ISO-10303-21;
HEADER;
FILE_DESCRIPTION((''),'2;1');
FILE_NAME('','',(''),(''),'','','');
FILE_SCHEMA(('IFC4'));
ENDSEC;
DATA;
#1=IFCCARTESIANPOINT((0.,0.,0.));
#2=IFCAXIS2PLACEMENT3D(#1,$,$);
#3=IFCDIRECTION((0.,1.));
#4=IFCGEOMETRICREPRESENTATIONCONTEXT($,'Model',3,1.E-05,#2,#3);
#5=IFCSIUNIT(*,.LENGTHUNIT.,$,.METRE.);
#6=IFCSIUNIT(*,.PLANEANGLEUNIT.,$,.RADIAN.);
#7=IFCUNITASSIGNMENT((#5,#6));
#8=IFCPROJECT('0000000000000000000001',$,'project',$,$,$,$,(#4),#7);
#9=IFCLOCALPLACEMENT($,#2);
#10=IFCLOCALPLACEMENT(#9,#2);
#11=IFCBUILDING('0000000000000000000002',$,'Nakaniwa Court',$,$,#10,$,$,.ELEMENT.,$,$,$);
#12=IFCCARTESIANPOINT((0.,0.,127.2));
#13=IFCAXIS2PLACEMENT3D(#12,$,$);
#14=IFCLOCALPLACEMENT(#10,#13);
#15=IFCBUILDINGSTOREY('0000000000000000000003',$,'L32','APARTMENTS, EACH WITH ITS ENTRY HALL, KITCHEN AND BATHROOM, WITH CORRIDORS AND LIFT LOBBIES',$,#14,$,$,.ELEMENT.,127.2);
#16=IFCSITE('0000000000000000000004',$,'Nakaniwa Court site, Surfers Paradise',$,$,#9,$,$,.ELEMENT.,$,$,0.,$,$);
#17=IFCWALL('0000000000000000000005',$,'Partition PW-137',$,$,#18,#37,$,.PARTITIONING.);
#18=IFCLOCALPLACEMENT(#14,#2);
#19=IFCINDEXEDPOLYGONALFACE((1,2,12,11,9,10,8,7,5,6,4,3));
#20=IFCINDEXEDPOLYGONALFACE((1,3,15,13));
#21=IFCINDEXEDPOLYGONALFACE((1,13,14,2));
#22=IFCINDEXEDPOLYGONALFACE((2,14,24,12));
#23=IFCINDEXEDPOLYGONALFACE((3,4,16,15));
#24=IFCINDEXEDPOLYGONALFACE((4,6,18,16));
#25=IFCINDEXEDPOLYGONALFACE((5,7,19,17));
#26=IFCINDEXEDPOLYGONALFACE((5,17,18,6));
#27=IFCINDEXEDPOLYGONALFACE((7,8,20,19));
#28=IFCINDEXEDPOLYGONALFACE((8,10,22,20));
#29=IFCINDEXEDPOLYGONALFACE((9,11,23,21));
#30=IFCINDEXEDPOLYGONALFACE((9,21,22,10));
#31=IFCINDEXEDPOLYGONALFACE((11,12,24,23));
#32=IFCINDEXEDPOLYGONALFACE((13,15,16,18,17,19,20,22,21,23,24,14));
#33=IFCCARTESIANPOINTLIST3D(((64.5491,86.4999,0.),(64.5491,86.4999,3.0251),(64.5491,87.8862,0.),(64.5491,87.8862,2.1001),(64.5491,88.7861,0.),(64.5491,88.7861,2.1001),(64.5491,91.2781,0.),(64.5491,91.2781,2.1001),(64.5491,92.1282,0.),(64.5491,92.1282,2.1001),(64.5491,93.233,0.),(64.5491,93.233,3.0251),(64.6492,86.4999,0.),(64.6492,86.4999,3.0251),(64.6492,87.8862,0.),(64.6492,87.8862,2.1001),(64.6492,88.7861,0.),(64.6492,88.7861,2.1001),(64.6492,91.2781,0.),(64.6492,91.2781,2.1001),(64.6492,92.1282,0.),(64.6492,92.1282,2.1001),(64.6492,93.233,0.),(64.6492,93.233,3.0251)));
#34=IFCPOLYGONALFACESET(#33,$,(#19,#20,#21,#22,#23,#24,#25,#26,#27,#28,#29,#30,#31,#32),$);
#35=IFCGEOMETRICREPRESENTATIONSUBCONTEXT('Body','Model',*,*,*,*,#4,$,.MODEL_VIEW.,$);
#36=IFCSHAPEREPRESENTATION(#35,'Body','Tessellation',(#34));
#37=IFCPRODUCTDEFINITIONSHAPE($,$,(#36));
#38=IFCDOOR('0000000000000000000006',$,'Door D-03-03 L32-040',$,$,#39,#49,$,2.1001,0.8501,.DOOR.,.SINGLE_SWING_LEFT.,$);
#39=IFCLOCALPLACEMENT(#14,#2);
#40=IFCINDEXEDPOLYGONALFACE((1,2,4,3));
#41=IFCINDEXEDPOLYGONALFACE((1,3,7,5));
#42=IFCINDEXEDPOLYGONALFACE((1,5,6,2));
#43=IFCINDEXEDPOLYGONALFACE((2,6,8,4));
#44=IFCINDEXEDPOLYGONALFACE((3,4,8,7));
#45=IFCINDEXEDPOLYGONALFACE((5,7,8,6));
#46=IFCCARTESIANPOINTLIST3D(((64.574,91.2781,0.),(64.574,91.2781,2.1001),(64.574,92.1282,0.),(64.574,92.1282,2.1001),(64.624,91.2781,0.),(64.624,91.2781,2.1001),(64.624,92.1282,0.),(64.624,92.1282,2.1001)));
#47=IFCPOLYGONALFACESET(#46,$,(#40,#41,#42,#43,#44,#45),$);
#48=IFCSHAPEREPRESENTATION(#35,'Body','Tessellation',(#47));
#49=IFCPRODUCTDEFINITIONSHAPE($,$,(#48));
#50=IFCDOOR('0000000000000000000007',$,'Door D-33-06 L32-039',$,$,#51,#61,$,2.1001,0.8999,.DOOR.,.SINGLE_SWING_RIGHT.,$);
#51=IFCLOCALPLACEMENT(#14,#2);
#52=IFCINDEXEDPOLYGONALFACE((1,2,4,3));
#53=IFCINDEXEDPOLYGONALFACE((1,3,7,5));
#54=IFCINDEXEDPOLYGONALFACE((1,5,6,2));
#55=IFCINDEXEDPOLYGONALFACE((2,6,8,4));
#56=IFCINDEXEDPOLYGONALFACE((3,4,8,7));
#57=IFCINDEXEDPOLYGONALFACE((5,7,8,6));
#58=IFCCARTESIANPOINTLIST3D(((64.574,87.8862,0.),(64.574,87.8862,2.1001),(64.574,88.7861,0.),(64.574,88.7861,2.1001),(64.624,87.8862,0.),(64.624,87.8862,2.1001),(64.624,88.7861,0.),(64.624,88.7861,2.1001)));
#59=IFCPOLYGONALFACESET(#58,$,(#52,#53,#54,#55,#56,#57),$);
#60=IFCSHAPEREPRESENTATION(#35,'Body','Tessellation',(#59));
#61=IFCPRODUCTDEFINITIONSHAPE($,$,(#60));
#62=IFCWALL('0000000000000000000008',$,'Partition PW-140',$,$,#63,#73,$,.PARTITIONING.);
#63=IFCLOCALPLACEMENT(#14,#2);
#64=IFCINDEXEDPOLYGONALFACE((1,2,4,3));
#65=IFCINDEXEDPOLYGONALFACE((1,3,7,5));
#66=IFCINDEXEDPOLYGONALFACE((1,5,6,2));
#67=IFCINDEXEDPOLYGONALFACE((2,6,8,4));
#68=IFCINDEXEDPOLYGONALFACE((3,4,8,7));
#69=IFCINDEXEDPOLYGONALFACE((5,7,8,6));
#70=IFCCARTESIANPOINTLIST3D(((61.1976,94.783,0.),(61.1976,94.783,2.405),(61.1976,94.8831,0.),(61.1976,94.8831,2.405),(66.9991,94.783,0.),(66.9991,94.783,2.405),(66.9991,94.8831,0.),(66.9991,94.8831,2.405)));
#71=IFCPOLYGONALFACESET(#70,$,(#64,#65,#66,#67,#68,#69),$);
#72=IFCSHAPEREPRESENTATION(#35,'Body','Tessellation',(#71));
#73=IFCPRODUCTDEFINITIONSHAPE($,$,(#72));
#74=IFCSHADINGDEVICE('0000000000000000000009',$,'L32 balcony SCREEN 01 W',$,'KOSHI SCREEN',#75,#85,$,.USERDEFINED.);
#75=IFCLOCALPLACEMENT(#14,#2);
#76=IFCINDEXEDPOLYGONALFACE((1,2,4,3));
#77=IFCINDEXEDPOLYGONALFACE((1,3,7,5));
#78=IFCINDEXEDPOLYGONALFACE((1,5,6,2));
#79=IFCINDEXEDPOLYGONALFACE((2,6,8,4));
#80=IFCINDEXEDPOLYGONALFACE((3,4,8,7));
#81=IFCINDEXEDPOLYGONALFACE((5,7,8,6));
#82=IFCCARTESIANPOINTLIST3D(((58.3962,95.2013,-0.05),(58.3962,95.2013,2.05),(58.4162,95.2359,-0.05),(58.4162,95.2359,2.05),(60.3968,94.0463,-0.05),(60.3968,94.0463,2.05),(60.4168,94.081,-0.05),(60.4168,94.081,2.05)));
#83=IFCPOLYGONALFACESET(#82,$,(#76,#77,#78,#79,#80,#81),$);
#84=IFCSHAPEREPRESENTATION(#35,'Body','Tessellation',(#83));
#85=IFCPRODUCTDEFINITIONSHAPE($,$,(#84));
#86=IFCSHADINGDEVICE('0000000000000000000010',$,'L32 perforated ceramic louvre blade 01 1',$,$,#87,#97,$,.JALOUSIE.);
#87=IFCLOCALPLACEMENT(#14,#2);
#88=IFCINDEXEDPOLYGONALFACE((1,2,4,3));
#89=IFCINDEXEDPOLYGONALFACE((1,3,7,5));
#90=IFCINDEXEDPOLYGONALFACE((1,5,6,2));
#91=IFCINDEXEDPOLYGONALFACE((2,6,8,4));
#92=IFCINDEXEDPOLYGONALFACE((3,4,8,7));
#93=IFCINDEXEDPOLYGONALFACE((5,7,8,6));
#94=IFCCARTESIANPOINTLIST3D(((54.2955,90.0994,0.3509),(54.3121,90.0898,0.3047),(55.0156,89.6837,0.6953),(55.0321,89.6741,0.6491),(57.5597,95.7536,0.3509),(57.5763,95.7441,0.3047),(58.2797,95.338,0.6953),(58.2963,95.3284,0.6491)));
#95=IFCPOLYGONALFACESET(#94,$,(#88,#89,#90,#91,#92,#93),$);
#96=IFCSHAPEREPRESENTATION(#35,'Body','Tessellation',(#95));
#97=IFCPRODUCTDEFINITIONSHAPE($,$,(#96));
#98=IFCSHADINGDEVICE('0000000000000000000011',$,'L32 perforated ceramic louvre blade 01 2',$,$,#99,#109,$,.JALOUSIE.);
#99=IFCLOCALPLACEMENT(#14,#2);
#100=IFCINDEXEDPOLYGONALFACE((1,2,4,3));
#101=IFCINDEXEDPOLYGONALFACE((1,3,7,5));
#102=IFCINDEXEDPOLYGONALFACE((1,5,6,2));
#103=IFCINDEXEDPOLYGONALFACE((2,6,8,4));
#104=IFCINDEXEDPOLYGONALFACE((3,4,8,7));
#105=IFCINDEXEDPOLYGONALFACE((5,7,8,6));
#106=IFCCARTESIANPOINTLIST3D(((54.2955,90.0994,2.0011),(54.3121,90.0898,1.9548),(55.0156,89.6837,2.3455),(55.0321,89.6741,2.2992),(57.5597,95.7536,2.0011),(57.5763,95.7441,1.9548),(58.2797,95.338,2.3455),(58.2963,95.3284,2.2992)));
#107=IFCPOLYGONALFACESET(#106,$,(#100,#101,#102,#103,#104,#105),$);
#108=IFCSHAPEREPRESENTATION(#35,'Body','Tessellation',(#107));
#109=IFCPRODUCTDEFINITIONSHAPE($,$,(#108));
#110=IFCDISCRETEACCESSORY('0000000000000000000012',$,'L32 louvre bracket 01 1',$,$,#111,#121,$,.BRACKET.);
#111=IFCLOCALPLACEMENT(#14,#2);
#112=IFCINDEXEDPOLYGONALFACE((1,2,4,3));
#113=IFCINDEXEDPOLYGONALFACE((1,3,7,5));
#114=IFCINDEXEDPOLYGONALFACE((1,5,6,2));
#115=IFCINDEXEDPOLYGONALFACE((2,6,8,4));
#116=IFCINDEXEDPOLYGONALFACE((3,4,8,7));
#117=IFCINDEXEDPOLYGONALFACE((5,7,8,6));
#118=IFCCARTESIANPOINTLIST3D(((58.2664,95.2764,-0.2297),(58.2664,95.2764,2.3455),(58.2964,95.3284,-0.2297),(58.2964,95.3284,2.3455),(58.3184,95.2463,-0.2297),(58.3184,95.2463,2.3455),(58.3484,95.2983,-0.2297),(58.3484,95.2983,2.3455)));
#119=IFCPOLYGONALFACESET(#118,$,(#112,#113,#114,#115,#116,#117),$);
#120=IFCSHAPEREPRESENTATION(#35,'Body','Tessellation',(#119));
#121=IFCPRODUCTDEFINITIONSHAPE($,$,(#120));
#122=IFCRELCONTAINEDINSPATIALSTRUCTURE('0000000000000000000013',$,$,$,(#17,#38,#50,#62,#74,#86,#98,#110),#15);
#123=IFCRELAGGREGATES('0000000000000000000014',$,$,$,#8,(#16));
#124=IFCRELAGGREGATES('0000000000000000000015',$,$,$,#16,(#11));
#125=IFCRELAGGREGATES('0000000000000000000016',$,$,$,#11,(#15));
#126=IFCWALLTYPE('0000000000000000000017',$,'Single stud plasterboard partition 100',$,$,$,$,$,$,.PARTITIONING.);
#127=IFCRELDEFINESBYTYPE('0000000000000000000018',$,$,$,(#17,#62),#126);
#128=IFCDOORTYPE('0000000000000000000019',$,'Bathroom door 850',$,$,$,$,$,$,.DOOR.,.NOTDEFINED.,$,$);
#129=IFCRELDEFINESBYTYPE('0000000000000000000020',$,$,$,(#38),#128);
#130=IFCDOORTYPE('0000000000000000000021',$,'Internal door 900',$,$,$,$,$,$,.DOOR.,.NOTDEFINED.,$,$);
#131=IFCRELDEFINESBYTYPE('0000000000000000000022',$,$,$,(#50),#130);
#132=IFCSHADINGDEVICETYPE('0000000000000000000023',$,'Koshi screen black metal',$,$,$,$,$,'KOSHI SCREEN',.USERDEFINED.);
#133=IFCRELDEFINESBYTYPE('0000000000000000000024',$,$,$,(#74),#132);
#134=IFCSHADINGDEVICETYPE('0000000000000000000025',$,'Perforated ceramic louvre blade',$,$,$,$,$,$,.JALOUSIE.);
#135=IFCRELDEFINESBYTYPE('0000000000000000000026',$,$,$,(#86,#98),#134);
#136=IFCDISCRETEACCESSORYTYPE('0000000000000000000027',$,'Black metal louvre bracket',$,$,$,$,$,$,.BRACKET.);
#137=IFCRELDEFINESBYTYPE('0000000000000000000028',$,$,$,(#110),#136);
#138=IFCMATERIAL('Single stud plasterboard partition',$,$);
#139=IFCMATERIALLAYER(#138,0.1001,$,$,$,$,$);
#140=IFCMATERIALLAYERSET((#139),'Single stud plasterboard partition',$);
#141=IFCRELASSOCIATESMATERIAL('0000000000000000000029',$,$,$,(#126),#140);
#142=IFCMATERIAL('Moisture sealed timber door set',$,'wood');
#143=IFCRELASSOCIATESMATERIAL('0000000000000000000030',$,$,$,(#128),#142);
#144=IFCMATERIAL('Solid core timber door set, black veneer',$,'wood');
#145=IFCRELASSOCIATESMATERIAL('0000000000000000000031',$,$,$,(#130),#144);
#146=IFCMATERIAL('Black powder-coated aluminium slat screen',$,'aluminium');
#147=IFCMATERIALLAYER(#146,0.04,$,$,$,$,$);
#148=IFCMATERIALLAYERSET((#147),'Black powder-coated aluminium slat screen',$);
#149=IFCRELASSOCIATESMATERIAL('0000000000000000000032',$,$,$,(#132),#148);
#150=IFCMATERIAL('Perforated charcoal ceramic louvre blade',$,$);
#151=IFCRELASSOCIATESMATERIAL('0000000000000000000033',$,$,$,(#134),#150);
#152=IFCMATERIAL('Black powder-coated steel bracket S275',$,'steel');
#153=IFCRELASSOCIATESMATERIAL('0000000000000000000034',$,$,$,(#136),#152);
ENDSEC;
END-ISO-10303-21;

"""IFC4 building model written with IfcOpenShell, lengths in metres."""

from ifc_helpers import new_model, si_unit, direction, frame, frame_2d, origin, origin_2d, place, context, subcontext, project, spatial, rectangle, extrude, material, layer, layer_set, material_profile, profile_set, type_object, element, fill, save


model = new_model("IFC4")

# Units and contexts
model_context = context("Model", 3, precision=1e-05, world=origin(), true_north=direction((0.0, 1.0)))
body_context = subcontext(model_context, "Body", "Model", "MODEL_VIEW")
ifc_project = project(units=[si_unit("LENGTHUNIT", "METRE"), si_unit("PLANEANGLEUNIT", "RADIAN")], contexts=[model_context])

# Site, building, storey
site_placement = place(None, origin())
site = spatial("IfcSite", under=ifc_project, at=site_placement, Name="Nakaniwa Court site, Surfers Paradise", CompositionType="ELEMENT", RefElevation=0.0)
building_placement = place(site_placement, origin())
building = spatial("IfcBuilding", under=site, at=building_placement, Name="Nakaniwa Court", CompositionType="ELEMENT")
storey_placement = place(building_placement, frame((0.0, 0.0, 127.2)))
storey = spatial("IfcBuildingStorey", under=building, at=storey_placement, Name="L32", Description="APARTMENTS, EACH WITH ITS ENTRY HALL, KITCHEN AND BATHROOM, WITH CORRIDORS AND LIFT LOBBIES", CompositionType="ELEMENT", Elevation=127.2)

# Shared definitions
ifc_material_1 = material(Name="Solid core timber door set, black veneer", Category="wood")

# Wall, openings, doors
ifc_material_2 = material(Name="Single stud plasterboard partition")
ifc_layer_1 = layer(ifc_material_2, 0.1001)
ifc_layer_set_1 = layer_set([ifc_layer_1], Name="Single stud plasterboard partition")
wall_type_1 = type_object("IfcWallType", Name="Single stud plasterboard partition 100", PredefinedType="PARTITIONING", material=ifc_layer_set_1)
wall_1_placement = place(storey_placement, frame((64.5991, 93.2332, 0.0), z_axis=(0.0, 0.0, 1.0), x_axis=(0.0, -1.0, 0.0)))
wall_1 = element("IfcWall", 1, at=wall_1_placement, inside=storey, type_object=wall_type_1, Name="Partition PW-137", PredefinedType="PARTITIONING", context=body_context, shape_type="SweptSolid", body=[
    extrude(rectangle(XDim=6.7332, YDim=0.1001, at=frame_2d((3.3667, 0.0))), origin(), (0.0, 0.0, 1.0), 3.0251),
])
opening_1_placement = place(wall_1_placement, frame((4.447, 0.0, 0.0)))
opening_1 = element("IfcOpeningElement", 2, at=opening_1_placement, cuts=wall_1, PredefinedType="OPENING", context=body_context, shape_type="SweptSolid", body=[
    extrude(rectangle(XDim=0.8999, YDim=2.1001, at=frame_2d((0.45, 1.05))), frame((0.0, 0.0601, 0.0), z_axis=(0.0, -1.0, 0.0), x_axis=(1.0, 0.0, 0.0)), (0.0, 0.0, 1.0), 0.1201),
])
opening_2_placement = place(wall_1_placement, frame((1.105, 0.0, 0.0)))
opening_2 = element("IfcOpeningElement", 3, at=opening_2_placement, cuts=wall_1, PredefinedType="OPENING", context=body_context, shape_type="SweptSolid", body=[
    extrude(rectangle(XDim=0.8501, YDim=2.1001, at=frame_2d((0.425, 1.05))), frame((0.0, 0.0601, 0.0), z_axis=(0.0, -1.0, 0.0), x_axis=(1.0, 0.0, 0.0)), (0.0, 0.0, 1.0), 0.1201),
])
ifc_material_3 = material(Name="Moisture sealed timber door set", Category="wood")
door_type_1 = type_object("IfcDoorType", Name="Bathroom door 850", OperationType="NOTDEFINED", PredefinedType="DOOR", material=ifc_material_3)
door_1_placement = place(opening_2_placement, origin())
door_1 = element("IfcDoor", 4, at=door_1_placement, inside=storey, type_object=door_type_1, Name="Door D-03-03 L32-040", OperationType="SINGLE_SWING_LEFT", OverallHeight=2.1001, OverallWidth=0.8501, PredefinedType="DOOR", context=body_context, shape_type="SweptSolid", body=[
    extrude(rectangle(XDim=0.8501, YDim=2.1001, at=frame_2d((0.425, 1.05))), frame((0.0, 0.0249, 0.0), z_axis=(0.0, -1.0, 0.0), x_axis=(1.0, 0.0, 0.0)), (0.0, 0.0, 1.0), 0.05),
])
fill(opening_2, door_1)
door_type_2 = type_object("IfcDoorType", Name="Internal door 900", OperationType="NOTDEFINED", PredefinedType="DOOR", material=ifc_material_1)
door_2_placement = place(opening_1_placement, origin())
door_2 = element("IfcDoor", 5, at=door_2_placement, inside=storey, type_object=door_type_2, Name="Door D-33-06 L32-039", OperationType="SINGLE_SWING_RIGHT", OverallHeight=2.1001, OverallWidth=0.8999, PredefinedType="DOOR", context=body_context, shape_type="SweptSolid", body=[
    extrude(rectangle(XDim=0.8999, YDim=2.1001, at=frame_2d((0.45, 1.05))), frame((0.0, 0.0249, 0.0), z_axis=(0.0, -1.0, 0.0), x_axis=(1.0, 0.0, 0.0)), (0.0, 0.0, 1.0), 0.05),
])
fill(opening_1, door_2)

# Wall
wall_2_placement = place(storey_placement, frame((61.1975, 94.833, 0.0), z_axis=(0.0, 0.0, 1.0), x_axis=(1.0, 0.0, 0.0)))
element("IfcWall", 6, at=wall_2_placement, inside=storey, type_object=wall_type_1, Name="Partition PW-140", PredefinedType="PARTITIONING", context=body_context, shape_type="SweptSolid", body=[
    extrude(rectangle(XDim=5.8015, YDim=0.1001, at=frame_2d((2.9009, 0.0))), origin(), (0.0, 0.0, 1.0), 2.405),
])

# Shading devices
ifc_material_4 = material(Name="Black powder-coated aluminium slat screen", Category="aluminium")
ifc_layer_2 = layer(ifc_material_4, 0.04)
ifc_layer_set_2 = layer_set([ifc_layer_2], Name="Black powder-coated aluminium slat screen")
shading_device_type_1 = type_object("IfcShadingDeviceType", Name="Koshi screen black metal", ElementType="KOSHI SCREEN", PredefinedType="USERDEFINED", material=ifc_layer_set_2)
shading_device_placement = place(storey_placement, frame((59.4065, 94.6411, -0.05), z_axis=(0.0, 0.0, 1.0), x_axis=(-0.499976, -0.866039, 0.0)))
element("IfcShadingDevice", 7, at=shading_device_placement, inside=storey, type_object=shading_device_type_1, Name="L32 balcony SCREEN 01 W", ObjectType="KOSHI SCREEN", PredefinedType="USERDEFINED", context=body_context, shape_type="SweptSolid", body=[
    extrude(rectangle(XDim=0.04, YDim=2.3101, at=origin_2d()), origin(), (0.0, 0.0, 1.0), 2.1001),
])
ifc_material_5 = material(Name="Perforated charcoal ceramic louvre blade")
ifc_material_profile_1 = material_profile(ifc_material_5, rectangle(XDim=0.8999, YDim=0.05, at=origin_2d()), Name="Perforated ceramic louvre blade")
ifc_profile_set_1 = profile_set([ifc_material_profile_1], Name="Perforated charcoal ceramic louvre blade")
shading_device_type_2 = type_object("IfcShadingDeviceType", Name="Perforated ceramic louvre blade", PredefinedType="JALOUSIE", material=ifc_profile_set_1)
for number, where, z_axis, x_axis, name in (
    (8, (57.928, 95.541, 0.5), (-0.49996, -0.866049, 0.0), (0.800125, -0.461903, 0.382683), "L32 perforated ceramic louvre blade 01 1"),
    (9, (57.928, 95.541, 2.1501), (-0.49996, -0.866049, 0.0), (0.800125, -0.461903, 0.382683), "L32 perforated ceramic louvre blade 01 2"),
):
    element("IfcShadingDevice", number, at=place(storey_placement, frame(where, z_axis=z_axis, x_axis=x_axis)), inside=storey, type_object=shading_device_type_2, Name=name, PredefinedType="JALOUSIE", context=body_context, shape_type="SweptSolid", body=[
        extrude(rectangle(XDim=0.8999, YDim=0.05, at=origin_2d()), origin(), (0.0, 0.0, 1.0), 6.5288),
    ])

# Discrete accessory
ifc_material_6 = material(Name="Black powder-coated steel bracket S275", Category="steel")
discrete_accessory_type = type_object("IfcDiscreteAccessoryType", Name="Black metal louvre bracket", PredefinedType="BRACKET", material=ifc_material_6)
discrete_accessory_placement = place(storey_placement, frame((58.3074, 95.2874, -0.2297), z_axis=(0.0, 0.0, 1.0), x_axis=(-0.499976, -0.866039, 0.0)))
element("IfcDiscreteAccessory", 10, at=discrete_accessory_placement, inside=storey, type_object=discrete_accessory_type, Name="L32 louvre bracket 01 1", PredefinedType="BRACKET", context=body_context, shape_type="SweptSolid", body=[
    extrude(rectangle(XDim=0.0601, YDim=0.0601, at=origin_2d()), origin(), (0.0, 0.0, 1.0), 2.5752),
])

save(model, "model.ifc")
